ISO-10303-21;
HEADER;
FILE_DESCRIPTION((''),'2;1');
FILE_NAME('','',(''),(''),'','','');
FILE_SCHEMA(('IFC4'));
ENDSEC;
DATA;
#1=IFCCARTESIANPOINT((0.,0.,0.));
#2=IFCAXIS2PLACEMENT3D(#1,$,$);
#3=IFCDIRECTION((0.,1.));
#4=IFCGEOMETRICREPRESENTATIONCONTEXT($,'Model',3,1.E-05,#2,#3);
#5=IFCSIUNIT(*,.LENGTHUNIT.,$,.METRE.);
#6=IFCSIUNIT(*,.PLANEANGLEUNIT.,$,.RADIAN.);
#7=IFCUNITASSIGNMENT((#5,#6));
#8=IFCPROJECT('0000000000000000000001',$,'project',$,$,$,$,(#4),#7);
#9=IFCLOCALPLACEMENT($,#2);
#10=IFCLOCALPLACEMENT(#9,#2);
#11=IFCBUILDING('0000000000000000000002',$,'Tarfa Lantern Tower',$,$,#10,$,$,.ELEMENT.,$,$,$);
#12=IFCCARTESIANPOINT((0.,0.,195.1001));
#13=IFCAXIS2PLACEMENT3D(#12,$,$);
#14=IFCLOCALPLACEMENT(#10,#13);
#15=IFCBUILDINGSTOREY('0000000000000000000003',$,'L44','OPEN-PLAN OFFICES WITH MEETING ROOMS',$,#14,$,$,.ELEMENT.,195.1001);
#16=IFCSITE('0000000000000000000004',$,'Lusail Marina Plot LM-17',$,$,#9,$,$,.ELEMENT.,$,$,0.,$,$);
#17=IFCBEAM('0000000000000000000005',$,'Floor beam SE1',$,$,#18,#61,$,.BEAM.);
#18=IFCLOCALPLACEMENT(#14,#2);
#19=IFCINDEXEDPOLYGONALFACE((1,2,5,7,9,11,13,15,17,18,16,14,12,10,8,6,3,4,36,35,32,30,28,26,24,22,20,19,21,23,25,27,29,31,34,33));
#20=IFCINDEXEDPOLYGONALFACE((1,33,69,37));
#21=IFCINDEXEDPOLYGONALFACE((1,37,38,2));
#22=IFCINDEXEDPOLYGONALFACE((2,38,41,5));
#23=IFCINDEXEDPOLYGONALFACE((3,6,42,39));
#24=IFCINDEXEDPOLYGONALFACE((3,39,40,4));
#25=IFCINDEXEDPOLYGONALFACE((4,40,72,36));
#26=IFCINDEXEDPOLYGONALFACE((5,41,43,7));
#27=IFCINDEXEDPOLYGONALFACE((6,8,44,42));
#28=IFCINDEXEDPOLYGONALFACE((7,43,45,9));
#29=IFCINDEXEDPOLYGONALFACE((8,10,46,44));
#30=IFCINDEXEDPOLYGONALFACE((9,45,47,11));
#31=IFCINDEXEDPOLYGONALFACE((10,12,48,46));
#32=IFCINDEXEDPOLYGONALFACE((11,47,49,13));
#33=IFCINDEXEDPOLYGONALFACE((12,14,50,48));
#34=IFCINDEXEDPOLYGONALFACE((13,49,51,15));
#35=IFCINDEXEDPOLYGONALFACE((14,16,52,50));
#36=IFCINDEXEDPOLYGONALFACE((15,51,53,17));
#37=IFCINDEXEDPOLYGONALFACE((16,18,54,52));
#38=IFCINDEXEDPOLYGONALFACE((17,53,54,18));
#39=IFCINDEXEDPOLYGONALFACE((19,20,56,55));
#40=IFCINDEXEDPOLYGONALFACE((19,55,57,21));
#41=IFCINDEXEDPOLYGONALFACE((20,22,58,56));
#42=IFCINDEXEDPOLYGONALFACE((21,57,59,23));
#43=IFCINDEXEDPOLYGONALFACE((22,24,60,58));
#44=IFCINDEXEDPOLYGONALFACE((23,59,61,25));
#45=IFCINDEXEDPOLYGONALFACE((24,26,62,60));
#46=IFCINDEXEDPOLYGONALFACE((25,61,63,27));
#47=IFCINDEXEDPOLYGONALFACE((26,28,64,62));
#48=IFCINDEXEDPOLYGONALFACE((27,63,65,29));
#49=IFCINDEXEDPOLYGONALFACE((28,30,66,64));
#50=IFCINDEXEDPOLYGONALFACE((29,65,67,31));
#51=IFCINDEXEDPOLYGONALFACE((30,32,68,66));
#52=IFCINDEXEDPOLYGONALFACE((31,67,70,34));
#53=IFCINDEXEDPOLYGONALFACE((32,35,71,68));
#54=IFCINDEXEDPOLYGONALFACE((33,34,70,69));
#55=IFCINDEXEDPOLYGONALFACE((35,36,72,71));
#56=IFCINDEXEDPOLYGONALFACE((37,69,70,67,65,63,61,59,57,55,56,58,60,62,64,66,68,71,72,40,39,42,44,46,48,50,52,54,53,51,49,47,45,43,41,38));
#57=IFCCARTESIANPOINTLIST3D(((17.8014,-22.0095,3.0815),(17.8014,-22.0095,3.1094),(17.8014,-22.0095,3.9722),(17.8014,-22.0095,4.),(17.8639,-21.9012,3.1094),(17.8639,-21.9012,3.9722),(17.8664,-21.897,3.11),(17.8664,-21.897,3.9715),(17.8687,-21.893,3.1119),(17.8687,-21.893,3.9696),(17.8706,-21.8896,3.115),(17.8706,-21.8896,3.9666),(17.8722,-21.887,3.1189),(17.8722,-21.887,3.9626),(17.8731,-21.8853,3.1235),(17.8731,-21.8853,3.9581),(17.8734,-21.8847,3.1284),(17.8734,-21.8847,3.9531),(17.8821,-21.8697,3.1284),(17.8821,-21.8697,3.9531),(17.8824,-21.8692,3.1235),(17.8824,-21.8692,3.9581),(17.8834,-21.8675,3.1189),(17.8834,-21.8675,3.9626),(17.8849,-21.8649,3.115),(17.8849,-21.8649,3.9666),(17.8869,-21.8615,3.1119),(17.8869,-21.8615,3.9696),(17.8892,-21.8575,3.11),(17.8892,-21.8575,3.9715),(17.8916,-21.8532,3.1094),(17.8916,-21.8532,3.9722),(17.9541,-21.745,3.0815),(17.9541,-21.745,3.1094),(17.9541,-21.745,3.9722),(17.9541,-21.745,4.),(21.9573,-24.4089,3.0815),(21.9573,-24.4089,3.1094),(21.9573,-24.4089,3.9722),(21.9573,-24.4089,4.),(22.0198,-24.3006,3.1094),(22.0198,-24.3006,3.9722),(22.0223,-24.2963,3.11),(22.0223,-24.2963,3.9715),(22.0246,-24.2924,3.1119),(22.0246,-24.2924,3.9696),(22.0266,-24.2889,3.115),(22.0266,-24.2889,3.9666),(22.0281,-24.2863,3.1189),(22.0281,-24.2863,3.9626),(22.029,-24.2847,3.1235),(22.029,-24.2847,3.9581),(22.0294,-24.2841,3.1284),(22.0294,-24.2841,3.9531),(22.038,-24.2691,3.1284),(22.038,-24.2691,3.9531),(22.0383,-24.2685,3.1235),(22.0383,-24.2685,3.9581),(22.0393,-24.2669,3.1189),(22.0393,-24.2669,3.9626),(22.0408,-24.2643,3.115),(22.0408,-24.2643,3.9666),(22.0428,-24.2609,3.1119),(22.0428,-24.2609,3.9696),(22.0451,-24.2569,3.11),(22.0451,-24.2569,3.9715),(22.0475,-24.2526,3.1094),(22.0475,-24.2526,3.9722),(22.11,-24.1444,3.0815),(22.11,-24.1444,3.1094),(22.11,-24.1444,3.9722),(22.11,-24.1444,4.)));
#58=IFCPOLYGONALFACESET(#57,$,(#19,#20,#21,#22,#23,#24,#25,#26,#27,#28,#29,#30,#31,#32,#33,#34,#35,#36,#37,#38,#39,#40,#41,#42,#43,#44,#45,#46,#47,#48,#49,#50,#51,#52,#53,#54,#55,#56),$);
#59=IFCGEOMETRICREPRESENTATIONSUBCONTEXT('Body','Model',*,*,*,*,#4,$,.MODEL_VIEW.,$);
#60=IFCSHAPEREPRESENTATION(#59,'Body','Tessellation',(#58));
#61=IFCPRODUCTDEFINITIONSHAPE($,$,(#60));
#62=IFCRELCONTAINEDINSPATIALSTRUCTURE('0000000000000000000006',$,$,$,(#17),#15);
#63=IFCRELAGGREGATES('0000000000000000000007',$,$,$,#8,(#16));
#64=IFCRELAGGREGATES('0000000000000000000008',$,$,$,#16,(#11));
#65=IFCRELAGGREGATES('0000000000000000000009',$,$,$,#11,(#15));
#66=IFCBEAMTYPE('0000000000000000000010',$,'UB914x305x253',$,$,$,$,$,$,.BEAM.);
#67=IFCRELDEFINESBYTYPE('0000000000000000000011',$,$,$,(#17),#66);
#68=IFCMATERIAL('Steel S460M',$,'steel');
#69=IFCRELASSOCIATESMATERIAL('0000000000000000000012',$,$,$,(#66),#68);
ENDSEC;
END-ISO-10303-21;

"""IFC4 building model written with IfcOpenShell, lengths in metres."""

from ifc_helpers import new_model, si_unit, direction, frame, origin, origin_2d, place, context, subcontext, project, spatial, i_section, extrude, material, material_profile, profile_set, type_object, element, save


model = new_model("IFC4")

# Units and contexts
model_context = context("Model", 3, precision=1e-05, world=origin(), true_north=direction((0.0, 1.0)))
body_context = subcontext(model_context, "Body", "Model", "MODEL_VIEW")
ifc_project = project(units=[si_unit("LENGTHUNIT", "METRE"), si_unit("PLANEANGLEUNIT", "RADIAN")], contexts=[model_context])

# Site, building, storey
site_placement = place(None, origin())
site = spatial("IfcSite", under=ifc_project, at=site_placement, Name="Lusail Marina Plot LM-17", CompositionType="ELEMENT", RefElevation=0.0)
building_placement = place(site_placement, origin())
building = spatial("IfcBuilding", under=site, at=building_placement, Name="Tarfa Lantern Tower", CompositionType="ELEMENT")
storey_placement = place(building_placement, frame((0.0, 0.0, 195.1001)))
storey = spatial("IfcBuildingStorey", under=building, at=storey_placement, Name="L44", Description="OPEN-PLAN OFFICES WITH MEETING ROOMS", CompositionType="ELEMENT", Elevation=195.1001)

# Beam
ifc_material_1 = material(Name="Steel S460M", Category="steel")
ifc_material_profile_1 = material_profile(ifc_material_1, i_section(OverallWidth=0.3054, OverallDepth=0.9185, WebThickness=0.0173, FlangeThickness=0.0278, FilletRadius=0.019, at=origin_2d()), Name="UB914x305x253")
ifc_profile_set_1 = profile_set([ifc_material_profile_1], Name="Steel S460M")
beam_type_1 = type_object("IfcBeamType", Name="UB914x305x253", PredefinedType="BEAM", material=ifc_profile_set_1)
beam_1_placement = place(storey_placement, frame((22.0337, -24.2766, 3.5408), z_axis=(-0.866031, 0.499991, 0.0), x_axis=(-0.499991, -0.866031, 0.0)))
element("IfcBeam", 1, at=beam_1_placement, inside=storey, type_object=beam_type_1, Name="Floor beam SE1", PredefinedType="BEAM", context=body_context, shape_type="SweptSolid", body=[
    extrude(i_section(OverallWidth=0.3054, OverallDepth=0.9185, WebThickness=0.0173, FlangeThickness=0.0278, FilletRadius=0.019, at=origin_2d()), origin(), (0.0, 0.0, 1.0), 4.7988),
])

save(model, "model.ifc")
